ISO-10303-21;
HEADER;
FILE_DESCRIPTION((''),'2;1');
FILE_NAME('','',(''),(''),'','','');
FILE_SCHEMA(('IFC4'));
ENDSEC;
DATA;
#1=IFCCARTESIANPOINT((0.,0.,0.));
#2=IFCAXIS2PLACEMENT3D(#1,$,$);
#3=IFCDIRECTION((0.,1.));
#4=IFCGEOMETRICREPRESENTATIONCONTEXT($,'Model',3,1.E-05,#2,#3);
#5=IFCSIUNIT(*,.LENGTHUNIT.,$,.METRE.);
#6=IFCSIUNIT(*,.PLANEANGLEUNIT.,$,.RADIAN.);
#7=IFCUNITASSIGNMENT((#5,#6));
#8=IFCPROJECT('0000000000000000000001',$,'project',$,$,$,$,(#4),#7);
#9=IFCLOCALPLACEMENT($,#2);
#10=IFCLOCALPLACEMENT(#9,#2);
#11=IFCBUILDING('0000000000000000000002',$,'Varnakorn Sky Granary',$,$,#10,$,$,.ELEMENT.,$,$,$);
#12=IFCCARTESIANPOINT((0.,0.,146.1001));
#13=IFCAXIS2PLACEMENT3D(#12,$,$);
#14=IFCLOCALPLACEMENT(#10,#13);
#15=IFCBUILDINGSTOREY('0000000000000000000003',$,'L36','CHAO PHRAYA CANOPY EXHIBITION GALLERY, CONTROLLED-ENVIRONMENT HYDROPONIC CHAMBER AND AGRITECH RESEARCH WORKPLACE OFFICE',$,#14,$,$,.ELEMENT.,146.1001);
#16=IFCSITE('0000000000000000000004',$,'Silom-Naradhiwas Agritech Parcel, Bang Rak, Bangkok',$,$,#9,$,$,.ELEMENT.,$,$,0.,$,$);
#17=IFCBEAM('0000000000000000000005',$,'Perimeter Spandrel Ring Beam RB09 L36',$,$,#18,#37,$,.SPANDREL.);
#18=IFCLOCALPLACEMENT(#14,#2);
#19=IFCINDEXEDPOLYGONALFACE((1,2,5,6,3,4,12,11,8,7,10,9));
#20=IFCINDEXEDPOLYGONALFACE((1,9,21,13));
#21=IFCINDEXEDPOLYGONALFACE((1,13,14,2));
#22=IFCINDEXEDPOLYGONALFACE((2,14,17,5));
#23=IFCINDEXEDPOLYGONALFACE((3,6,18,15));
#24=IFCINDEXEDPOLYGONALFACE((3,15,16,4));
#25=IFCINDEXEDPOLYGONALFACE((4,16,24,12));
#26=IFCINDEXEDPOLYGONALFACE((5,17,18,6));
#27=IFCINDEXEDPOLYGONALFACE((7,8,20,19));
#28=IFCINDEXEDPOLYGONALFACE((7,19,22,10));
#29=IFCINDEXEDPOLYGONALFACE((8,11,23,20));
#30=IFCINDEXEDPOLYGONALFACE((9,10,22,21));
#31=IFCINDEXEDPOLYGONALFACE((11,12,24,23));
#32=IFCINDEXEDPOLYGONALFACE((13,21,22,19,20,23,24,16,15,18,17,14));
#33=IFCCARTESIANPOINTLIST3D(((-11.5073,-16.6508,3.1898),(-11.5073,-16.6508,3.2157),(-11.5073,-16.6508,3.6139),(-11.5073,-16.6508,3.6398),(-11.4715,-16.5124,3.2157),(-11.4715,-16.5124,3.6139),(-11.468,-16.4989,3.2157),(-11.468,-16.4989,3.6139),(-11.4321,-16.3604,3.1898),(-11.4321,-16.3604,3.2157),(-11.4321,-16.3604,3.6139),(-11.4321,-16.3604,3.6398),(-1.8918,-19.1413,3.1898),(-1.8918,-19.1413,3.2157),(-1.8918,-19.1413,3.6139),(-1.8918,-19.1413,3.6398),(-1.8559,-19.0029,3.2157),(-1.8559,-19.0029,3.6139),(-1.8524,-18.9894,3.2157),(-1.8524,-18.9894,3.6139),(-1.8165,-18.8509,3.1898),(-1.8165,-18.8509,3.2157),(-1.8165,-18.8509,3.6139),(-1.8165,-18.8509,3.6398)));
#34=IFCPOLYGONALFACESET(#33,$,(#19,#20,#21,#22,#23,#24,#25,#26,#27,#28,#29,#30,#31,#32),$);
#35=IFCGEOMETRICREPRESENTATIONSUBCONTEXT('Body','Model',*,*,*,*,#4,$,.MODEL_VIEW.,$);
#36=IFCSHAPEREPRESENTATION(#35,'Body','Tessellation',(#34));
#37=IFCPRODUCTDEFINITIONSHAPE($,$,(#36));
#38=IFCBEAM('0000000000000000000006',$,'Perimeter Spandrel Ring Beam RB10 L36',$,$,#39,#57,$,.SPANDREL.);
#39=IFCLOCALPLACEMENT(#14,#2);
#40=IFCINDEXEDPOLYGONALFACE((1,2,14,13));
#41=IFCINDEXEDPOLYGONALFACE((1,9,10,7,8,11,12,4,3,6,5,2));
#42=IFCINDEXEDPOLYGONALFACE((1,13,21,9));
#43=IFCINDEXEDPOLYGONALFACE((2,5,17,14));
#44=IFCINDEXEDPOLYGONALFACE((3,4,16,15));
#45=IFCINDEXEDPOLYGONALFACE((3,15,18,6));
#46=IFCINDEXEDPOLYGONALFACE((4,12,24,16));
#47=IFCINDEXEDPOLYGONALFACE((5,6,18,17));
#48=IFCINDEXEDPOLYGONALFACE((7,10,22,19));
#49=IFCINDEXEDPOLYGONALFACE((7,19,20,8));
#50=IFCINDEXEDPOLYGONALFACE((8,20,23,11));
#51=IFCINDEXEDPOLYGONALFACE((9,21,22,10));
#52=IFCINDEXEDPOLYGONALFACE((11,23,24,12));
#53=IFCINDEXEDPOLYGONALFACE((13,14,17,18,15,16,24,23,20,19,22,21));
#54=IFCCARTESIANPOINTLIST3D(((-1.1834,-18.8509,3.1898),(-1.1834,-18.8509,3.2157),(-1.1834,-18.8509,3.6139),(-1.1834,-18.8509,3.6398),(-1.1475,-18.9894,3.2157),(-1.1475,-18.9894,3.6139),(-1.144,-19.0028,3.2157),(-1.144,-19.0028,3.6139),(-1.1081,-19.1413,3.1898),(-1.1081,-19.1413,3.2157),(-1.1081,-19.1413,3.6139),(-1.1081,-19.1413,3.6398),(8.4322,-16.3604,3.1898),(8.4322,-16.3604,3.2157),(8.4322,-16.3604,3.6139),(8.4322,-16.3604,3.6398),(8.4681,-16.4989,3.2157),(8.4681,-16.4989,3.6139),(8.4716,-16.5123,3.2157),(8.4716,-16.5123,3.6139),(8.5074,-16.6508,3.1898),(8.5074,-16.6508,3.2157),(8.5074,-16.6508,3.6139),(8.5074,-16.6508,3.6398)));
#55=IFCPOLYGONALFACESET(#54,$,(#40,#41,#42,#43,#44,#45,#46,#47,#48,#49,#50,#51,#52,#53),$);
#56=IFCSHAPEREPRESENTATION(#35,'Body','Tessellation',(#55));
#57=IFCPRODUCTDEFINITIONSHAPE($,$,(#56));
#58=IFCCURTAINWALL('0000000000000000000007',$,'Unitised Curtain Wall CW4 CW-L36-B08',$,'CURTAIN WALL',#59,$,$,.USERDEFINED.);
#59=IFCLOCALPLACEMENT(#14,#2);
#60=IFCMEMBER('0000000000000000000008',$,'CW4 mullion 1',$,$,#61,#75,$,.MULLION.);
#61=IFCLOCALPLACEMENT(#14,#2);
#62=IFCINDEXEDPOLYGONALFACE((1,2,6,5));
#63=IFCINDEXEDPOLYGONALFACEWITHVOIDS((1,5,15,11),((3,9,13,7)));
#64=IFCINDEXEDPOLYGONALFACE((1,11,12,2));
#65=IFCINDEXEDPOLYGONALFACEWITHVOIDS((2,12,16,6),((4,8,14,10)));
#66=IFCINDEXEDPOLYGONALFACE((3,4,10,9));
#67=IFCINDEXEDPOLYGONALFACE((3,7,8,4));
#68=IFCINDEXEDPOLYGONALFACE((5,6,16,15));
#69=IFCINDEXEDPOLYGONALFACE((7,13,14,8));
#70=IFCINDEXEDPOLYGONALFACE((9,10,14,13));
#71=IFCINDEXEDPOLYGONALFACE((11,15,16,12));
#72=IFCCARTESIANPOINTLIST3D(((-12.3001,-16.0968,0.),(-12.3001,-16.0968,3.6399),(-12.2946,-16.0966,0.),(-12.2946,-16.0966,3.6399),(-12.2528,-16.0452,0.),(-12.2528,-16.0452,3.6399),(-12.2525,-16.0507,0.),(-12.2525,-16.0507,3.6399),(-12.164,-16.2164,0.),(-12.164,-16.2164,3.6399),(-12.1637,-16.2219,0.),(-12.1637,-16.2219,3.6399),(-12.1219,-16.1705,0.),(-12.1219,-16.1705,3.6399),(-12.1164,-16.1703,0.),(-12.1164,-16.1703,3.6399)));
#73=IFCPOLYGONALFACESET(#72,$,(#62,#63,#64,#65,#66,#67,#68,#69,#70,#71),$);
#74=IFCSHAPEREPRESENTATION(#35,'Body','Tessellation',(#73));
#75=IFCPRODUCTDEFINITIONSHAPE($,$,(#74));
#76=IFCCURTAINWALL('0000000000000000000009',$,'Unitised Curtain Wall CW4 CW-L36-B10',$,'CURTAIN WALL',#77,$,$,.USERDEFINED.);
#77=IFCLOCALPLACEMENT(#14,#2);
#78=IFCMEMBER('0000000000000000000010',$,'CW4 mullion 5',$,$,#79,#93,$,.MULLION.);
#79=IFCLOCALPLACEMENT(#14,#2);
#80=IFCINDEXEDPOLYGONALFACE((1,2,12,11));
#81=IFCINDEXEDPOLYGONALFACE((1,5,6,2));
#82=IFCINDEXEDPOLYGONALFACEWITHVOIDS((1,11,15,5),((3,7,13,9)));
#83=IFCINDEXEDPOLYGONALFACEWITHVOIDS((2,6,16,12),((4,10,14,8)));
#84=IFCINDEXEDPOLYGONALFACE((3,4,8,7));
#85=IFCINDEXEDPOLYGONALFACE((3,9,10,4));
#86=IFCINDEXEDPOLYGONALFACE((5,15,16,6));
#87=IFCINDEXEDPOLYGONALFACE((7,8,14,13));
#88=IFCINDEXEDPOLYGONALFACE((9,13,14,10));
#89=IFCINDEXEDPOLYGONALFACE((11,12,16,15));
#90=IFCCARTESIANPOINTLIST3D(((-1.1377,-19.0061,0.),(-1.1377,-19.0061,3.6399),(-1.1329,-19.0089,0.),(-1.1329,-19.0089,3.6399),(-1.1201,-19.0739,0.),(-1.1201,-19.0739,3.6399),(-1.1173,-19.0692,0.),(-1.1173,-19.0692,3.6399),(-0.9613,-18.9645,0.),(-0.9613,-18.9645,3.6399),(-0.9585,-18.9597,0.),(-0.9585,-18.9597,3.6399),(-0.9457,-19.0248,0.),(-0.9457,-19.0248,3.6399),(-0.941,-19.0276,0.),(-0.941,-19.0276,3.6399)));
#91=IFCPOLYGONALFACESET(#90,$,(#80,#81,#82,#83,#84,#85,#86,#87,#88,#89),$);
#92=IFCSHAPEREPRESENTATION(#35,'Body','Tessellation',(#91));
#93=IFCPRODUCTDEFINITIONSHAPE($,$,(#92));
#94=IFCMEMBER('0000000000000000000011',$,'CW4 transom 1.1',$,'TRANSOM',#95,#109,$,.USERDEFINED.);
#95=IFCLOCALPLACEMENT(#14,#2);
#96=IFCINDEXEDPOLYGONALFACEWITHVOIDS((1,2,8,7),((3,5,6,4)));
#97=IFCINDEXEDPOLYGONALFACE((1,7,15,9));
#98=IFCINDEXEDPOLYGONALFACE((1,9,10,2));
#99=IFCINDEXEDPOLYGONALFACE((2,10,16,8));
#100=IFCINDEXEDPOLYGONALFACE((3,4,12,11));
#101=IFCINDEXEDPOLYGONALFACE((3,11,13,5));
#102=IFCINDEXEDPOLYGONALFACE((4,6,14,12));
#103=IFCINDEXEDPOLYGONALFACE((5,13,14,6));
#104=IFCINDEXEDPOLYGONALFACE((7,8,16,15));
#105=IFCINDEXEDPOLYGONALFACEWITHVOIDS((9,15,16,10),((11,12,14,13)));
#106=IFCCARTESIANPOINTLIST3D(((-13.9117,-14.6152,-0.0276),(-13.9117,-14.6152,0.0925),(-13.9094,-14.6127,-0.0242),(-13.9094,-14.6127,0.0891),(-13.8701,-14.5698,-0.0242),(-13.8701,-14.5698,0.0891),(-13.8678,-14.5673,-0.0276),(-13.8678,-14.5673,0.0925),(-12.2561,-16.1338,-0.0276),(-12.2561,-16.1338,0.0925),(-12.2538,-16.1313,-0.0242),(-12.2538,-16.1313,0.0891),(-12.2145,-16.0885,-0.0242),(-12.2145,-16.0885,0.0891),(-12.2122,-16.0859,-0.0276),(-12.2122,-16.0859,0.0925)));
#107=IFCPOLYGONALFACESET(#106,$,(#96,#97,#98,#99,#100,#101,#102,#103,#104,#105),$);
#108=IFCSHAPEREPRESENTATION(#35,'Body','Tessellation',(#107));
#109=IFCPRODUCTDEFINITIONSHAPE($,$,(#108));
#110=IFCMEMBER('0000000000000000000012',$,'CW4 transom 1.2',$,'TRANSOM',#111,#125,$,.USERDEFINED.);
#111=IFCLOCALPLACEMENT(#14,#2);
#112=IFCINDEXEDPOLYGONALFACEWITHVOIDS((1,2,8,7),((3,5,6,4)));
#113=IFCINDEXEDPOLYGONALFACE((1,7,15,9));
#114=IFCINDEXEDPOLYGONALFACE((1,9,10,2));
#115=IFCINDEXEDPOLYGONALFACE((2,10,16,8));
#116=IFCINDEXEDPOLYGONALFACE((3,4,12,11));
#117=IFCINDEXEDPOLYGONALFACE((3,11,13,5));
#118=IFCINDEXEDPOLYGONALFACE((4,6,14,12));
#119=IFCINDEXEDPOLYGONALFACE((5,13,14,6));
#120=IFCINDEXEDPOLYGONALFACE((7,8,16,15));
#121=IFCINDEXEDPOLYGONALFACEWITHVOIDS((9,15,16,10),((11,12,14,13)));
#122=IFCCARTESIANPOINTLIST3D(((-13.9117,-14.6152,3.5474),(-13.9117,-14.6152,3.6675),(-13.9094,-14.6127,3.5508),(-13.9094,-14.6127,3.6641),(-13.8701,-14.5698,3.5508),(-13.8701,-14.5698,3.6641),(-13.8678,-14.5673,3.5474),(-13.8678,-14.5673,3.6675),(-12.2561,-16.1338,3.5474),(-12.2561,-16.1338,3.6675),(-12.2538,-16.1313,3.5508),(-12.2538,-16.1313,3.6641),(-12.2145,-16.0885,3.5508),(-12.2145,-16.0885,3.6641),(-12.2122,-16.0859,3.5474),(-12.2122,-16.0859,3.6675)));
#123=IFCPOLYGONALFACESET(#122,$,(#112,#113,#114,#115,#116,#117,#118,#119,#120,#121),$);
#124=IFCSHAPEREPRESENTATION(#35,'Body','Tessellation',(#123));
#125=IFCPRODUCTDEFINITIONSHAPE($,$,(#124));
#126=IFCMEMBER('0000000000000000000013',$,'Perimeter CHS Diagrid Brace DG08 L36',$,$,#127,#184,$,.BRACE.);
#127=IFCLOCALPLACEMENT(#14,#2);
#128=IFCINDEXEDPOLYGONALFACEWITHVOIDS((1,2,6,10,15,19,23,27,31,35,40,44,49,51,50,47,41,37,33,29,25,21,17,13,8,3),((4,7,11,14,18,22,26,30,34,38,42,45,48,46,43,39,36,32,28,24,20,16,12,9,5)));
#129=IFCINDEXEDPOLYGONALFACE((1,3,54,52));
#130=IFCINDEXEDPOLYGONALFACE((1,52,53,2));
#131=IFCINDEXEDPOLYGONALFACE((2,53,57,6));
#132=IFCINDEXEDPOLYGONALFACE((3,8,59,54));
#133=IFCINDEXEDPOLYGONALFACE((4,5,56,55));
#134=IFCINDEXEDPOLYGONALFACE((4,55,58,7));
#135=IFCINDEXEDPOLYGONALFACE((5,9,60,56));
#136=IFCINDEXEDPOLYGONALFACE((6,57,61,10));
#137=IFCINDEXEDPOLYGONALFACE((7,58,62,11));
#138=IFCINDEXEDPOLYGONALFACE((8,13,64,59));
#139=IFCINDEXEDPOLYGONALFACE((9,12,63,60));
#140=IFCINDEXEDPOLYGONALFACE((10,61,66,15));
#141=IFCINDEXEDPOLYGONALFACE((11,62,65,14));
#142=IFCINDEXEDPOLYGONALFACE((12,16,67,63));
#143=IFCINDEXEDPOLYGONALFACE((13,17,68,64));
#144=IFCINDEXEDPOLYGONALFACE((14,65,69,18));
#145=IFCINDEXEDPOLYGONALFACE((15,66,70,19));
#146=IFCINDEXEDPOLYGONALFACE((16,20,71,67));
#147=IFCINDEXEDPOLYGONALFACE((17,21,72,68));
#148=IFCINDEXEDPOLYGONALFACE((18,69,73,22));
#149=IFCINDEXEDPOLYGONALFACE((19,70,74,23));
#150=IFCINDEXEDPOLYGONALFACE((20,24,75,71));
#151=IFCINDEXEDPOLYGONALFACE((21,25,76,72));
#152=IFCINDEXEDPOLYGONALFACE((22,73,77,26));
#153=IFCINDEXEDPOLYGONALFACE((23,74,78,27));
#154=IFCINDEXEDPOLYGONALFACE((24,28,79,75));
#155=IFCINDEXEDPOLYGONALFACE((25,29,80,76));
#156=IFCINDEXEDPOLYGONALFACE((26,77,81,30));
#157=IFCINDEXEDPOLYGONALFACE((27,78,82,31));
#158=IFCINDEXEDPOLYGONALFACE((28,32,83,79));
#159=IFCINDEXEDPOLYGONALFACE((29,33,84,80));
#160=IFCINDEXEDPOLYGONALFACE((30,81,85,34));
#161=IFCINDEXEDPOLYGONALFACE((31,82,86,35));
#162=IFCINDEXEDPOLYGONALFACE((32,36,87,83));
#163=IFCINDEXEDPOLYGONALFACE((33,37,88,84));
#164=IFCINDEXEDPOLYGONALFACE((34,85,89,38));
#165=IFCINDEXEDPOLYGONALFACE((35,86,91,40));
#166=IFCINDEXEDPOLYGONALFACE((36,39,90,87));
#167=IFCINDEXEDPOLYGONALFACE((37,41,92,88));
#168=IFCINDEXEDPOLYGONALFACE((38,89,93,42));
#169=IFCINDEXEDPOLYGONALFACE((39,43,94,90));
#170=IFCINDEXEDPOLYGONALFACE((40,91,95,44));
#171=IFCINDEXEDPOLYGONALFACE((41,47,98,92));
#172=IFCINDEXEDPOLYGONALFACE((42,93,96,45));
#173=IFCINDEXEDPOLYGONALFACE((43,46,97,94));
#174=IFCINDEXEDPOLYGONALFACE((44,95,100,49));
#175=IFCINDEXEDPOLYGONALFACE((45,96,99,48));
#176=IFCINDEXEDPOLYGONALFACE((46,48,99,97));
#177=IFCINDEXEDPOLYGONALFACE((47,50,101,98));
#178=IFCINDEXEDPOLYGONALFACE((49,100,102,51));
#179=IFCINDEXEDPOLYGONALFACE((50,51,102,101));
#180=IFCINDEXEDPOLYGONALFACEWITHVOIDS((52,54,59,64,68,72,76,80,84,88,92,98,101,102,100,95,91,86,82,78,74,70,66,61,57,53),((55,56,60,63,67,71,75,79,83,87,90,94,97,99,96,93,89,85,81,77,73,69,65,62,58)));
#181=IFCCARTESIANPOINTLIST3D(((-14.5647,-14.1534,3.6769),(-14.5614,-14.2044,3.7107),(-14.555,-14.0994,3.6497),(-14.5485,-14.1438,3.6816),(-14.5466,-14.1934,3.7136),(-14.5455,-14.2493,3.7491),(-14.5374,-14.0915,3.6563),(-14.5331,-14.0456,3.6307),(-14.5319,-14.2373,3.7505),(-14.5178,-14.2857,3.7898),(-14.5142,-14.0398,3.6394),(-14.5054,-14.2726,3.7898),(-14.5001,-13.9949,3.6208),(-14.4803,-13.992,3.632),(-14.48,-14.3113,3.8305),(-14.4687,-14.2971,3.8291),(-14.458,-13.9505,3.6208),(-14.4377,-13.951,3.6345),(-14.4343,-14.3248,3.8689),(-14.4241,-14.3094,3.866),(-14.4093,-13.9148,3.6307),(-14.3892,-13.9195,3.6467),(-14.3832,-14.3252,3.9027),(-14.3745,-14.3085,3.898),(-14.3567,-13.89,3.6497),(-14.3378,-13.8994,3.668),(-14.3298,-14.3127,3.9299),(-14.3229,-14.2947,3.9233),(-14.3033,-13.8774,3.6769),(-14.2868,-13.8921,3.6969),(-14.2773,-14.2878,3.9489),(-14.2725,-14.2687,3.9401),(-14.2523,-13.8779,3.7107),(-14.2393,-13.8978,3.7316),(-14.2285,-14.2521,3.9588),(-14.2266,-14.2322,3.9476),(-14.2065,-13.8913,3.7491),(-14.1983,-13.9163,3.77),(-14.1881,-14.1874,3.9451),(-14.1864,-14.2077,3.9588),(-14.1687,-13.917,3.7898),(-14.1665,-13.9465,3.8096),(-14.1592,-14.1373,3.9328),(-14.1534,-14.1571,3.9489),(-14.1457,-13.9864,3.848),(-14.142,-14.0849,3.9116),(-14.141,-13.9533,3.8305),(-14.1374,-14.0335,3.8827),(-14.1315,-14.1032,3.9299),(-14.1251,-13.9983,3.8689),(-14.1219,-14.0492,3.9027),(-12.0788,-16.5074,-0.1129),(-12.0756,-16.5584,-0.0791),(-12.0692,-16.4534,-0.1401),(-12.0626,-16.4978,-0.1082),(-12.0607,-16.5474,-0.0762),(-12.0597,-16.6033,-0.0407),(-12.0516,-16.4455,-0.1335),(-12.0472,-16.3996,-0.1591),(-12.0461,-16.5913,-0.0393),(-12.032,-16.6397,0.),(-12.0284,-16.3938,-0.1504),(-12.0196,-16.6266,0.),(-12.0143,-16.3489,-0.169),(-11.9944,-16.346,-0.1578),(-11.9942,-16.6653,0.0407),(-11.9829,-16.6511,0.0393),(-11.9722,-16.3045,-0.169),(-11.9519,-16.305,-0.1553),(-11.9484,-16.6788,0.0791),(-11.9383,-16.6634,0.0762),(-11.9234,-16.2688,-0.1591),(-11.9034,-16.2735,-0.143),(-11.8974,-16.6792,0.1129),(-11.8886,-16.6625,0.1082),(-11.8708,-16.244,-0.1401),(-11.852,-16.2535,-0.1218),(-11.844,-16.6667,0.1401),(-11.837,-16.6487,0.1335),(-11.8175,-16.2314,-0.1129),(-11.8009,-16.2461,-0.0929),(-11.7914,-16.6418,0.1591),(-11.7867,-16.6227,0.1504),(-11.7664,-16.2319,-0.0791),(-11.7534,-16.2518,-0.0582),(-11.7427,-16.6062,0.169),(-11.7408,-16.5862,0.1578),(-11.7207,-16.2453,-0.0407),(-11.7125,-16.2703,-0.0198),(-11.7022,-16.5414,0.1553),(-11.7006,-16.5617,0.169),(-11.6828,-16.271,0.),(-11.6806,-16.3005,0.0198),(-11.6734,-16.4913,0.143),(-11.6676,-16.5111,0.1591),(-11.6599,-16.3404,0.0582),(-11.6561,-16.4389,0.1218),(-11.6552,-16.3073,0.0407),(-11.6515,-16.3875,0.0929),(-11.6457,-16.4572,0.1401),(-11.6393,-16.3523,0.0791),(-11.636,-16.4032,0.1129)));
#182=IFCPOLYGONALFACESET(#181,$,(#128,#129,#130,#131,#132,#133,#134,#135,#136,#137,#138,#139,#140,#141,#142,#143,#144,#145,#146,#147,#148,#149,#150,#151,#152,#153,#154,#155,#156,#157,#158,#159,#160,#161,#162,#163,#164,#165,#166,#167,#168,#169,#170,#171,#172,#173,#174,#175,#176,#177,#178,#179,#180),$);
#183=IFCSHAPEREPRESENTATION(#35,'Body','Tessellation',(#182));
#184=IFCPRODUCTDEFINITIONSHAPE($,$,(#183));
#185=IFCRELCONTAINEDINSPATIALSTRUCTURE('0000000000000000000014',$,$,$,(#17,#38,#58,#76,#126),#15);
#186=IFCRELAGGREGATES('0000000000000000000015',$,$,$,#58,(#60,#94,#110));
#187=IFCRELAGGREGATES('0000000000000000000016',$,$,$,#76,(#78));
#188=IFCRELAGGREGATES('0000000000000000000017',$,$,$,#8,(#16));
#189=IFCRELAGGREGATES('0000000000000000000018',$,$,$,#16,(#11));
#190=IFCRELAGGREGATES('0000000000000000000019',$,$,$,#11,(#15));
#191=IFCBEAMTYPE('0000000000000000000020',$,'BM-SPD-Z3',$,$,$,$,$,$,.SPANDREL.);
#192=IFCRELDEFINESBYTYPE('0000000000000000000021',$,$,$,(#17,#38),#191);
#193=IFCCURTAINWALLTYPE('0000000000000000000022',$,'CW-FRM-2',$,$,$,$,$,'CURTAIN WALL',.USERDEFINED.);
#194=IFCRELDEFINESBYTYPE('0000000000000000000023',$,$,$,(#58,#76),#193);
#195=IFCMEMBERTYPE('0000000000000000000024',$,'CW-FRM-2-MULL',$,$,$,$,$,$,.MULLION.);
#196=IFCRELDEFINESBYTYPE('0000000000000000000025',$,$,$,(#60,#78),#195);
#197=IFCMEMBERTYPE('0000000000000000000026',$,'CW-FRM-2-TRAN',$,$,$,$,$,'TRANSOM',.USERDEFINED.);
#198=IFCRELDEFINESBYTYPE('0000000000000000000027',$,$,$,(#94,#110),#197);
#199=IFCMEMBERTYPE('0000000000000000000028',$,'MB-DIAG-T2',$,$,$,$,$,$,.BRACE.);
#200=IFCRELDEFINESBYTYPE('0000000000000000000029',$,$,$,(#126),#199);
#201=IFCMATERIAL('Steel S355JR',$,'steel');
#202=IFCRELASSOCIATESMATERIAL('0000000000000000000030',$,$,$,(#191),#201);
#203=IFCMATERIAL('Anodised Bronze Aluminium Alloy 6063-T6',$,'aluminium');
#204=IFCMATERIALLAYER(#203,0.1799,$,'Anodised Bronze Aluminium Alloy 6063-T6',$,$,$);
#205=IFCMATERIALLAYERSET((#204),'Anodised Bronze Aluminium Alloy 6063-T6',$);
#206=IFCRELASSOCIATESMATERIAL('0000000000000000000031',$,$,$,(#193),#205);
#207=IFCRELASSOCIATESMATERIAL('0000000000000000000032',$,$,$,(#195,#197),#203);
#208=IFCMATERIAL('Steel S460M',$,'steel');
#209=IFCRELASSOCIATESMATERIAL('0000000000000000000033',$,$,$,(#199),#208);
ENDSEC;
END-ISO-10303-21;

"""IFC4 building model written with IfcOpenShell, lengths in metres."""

from ifc_helpers import new_model, si_unit, direction, frame, origin, origin_2d, place, context, subcontext, project, spatial, hollow_rectangle, hollow_circle, i_section, extrude, material, layer, layer_set, material_profile, profile_set, type_object, element, aggregate, save


model = new_model("IFC4")

# Units and contexts
model_context = context("Model", 3, precision=1e-05, world=origin(), true_north=direction((0.0, 1.0)))
body_context = subcontext(model_context, "Body", "Model", "MODEL_VIEW")
ifc_project = project(units=[si_unit("LENGTHUNIT", "METRE"), si_unit("PLANEANGLEUNIT", "RADIAN")], contexts=[model_context])

# Site, building, storey
site_placement = place(None, origin())
site = spatial("IfcSite", under=ifc_project, at=site_placement, Name="Silom-Naradhiwas Agritech Parcel, Bang Rak, Bangkok", CompositionType="ELEMENT", RefElevation=0.0)
building_placement = place(site_placement, origin())
building = spatial("IfcBuilding", under=site, at=building_placement, Name="Varnakorn Sky Granary", CompositionType="ELEMENT")
storey_placement = place(building_placement, frame((0.0, 0.0, 146.1001)))
storey = spatial("IfcBuildingStorey", under=building, at=storey_placement, Name="L36", Description="CHAO PHRAYA CANOPY EXHIBITION GALLERY, CONTROLLED-ENVIRONMENT HYDROPONIC CHAMBER AND AGRITECH RESEARCH WORKPLACE OFFICE", CompositionType="ELEMENT", Elevation=146.1001)

# Shared definitions
ifc_material_1 = material(Name="Steel S460M", Category="steel")

# Beams
ifc_material_2 = material(Name="Steel S355JR", Category="steel")
ifc_material_profile_1 = material_profile(ifc_material_2, i_section(OverallWidth=0.3, OverallDepth=0.45, WebThickness=0.0139, FlangeThickness=0.0259, at=origin_2d()), Name="HE 450 B")
ifc_profile_set_1 = profile_set([ifc_material_profile_1], Name="Steel S355JR")
beam_type_1 = type_object("IfcBeamType", Name="BM-SPD-Z3", PredefinedType="SPANDREL", material=ifc_profile_set_1)
for number, where, z_axis, x_axis, name in (
    (1, (-11.4697, -16.5056, 3.4148), (0.968056, -0.250734, 0.0), (0.250734, 0.968056, 0.0), "Perimeter Spandrel Ring Beam RB09 L36"),
    (2, (-1.1458, -18.9961, 3.4148), (0.968056, 0.250734, 0.0), (-0.250734, 0.968056, 0.0), "Perimeter Spandrel Ring Beam RB10 L36"),
):
    element("IfcBeam", number, at=place(storey_placement, frame(where, z_axis=z_axis, x_axis=x_axis)), inside=storey, type_object=beam_type_1, Name=name, PredefinedType="SPANDREL", context=body_context, shape_type="SweptSolid", body=[
        extrude(i_section(OverallWidth=0.3, OverallDepth=0.45, WebThickness=0.0139, FlangeThickness=0.0259, at=origin_2d()), origin(), (0.0, 0.0, 1.0), 9.9329),
    ])

# Curtain walls, members
ifc_material_3 = material(Name="Anodised Bronze Aluminium Alloy 6063-T6", Category="aluminium")
ifc_layer_1 = layer(ifc_material_3, 0.1799, Name="Anodised Bronze Aluminium Alloy 6063-T6")
ifc_layer_set_1 = layer_set([ifc_layer_1], Name="Anodised Bronze Aluminium Alloy 6063-T6")
curtain_wall_type = type_object("IfcCurtainWallType", Name="CW-FRM-2", ElementType="CURTAIN WALL", PredefinedType="USERDEFINED", material=ifc_layer_set_1)
curtain_wall_1_placement = place(storey_placement, origin())
curtain_wall_1 = element("IfcCurtainWall", 3, at=curtain_wall_1_placement, inside=storey, type_object=curtain_wall_type, Name="Unitised Curtain Wall CW4 CW-L36-B08", ObjectType="CURTAIN WALL", PredefinedType="USERDEFINED")
ifc_material_profile_2 = material_profile(ifc_material_3, hollow_rectangle(XDim=0.0701, YDim=0.1851, WallThickness=0.0039, at=origin_2d()), Name="ALU MULL 70x185")
ifc_profile_set_2 = profile_set([ifc_material_profile_2], Name="Anodised Bronze Aluminium Alloy 6063-T6")
member_type_1 = type_object("IfcMemberType", Name="CW-FRM-2-MULL", PredefinedType="MULLION", material=ifc_profile_set_2)
member_1_placement = place(storey_placement, frame((-12.2083, -16.1335, 0.0), z_axis=(0.0, 0.0, 1.0), x_axis=(-0.67596, -0.736938, 0.0)))
member_1 = element("IfcMember", 4, at=member_1_placement, type_object=member_type_1, Name="CW4 mullion 1", PredefinedType="MULLION", context=body_context, shape_type="SweptSolid", body=[
    extrude(hollow_rectangle(XDim=0.0701, YDim=0.1851, WallThickness=0.0039, at=origin_2d()), origin(), (0.0, 0.0, 1.0), 3.6399),
])
curtain_wall_2_placement = place(storey_placement, origin())
curtain_wall_2 = element("IfcCurtainWall", 5, at=curtain_wall_2_placement, inside=storey, type_object=curtain_wall_type, Name="Unitised Curtain Wall CW4 CW-L36-B10", ObjectType="CURTAIN WALL", PredefinedType="USERDEFINED")
member_2_placement = place(storey_placement, frame((-1.0393, -19.0168, 0.0), z_axis=(0.0, 0.0, 1.0), x_axis=(0.250559, -0.968101, 0.0)))
member_2 = element("IfcMember", 6, at=member_2_placement, type_object=member_type_1, Name="CW4 mullion 5", PredefinedType="MULLION", context=body_context, shape_type="SweptSolid", body=[
    extrude(hollow_rectangle(XDim=0.0701, YDim=0.1851, WallThickness=0.0039, at=origin_2d()), origin(), (0.0, 0.0, 1.0), 3.6399),
])

# Members
ifc_material_profile_3 = material_profile(ifc_material_3, hollow_rectangle(XDim=0.0649, YDim=0.1201, WallThickness=0.0034, at=origin_2d()), Name="ALU TRAN 65x120")
ifc_profile_set_3 = profile_set([ifc_material_profile_3], Name="Anodised Bronze Aluminium Alloy 6063-T6")
member_type_2 = type_object("IfcMemberType", Name="CW-FRM-2-TRAN", ElementType="TRANSOM", PredefinedType="USERDEFINED", material=ifc_profile_set_3)
member_3_placement = place(storey_placement, frame((-12.2341, -16.1099, 0.0325), z_axis=(-0.736933, 0.675966, 0.0), x_axis=(-0.675966, -0.736933, 0.0)))
member_3 = element("IfcMember", 7, at=member_3_placement, type_object=member_type_2, Name="CW4 transom 1.1", ObjectType="TRANSOM", PredefinedType="USERDEFINED", context=body_context, shape_type="SweptSolid", body=[
    extrude(hollow_rectangle(XDim=0.0649, YDim=0.1201, WallThickness=0.0034, at=origin_2d()), origin(), (0.0, 0.0, 1.0), 2.2466),
])
member_4_placement = place(storey_placement, frame((-12.2341, -16.1099, 3.6074), z_axis=(-0.736933, 0.675966, 0.0), x_axis=(-0.675966, -0.736933, 0.0)))
member_4 = element("IfcMember", 8, at=member_4_placement, type_object=member_type_2, Name="CW4 transom 1.2", ObjectType="TRANSOM", PredefinedType="USERDEFINED", context=body_context, shape_type="SweptSolid", body=[
    extrude(hollow_rectangle(XDim=0.0649, YDim=0.1201, WallThickness=0.0034, at=origin_2d()), origin(), (0.0, 0.0, 1.0), 2.2466),
])
aggregate(curtain_wall_1, [member_1, member_3, member_4])

# Member
ifc_material_profile_4 = material_profile(ifc_material_1, hollow_circle(Radius=0.2539, WallThickness=0.0181, at=origin_2d()), Name="CHS 508x18")
ifc_profile_set_4 = profile_set([ifc_material_profile_4], Name="Steel S460M")
member_type_3 = type_object("IfcMemberType", Name="MB-DIAG-T2", PredefinedType="BRACE", material=ifc_profile_set_4)
member_5_placement = place(storey_placement, frame((-11.8574, -16.4553, 0.0), z_axis=(-0.486734, 0.460921, 0.742052), x_axis=(-0.68759, -0.726099, 0.0)))
element("IfcMember", 9, at=member_5_placement, inside=storey, type_object=member_type_3, Name="Perimeter CHS Diagrid Brace DG08 L36", PredefinedType="BRACE", context=body_context, shape_type="SweptSolid", body=[
    extrude(hollow_circle(Radius=0.2539, WallThickness=0.0181, at=origin_2d()), origin(), (0.0, 0.0, 1.0), 5.1072),
])

aggregate(curtain_wall_2, [member_2])

save(model, "model.ifc")
